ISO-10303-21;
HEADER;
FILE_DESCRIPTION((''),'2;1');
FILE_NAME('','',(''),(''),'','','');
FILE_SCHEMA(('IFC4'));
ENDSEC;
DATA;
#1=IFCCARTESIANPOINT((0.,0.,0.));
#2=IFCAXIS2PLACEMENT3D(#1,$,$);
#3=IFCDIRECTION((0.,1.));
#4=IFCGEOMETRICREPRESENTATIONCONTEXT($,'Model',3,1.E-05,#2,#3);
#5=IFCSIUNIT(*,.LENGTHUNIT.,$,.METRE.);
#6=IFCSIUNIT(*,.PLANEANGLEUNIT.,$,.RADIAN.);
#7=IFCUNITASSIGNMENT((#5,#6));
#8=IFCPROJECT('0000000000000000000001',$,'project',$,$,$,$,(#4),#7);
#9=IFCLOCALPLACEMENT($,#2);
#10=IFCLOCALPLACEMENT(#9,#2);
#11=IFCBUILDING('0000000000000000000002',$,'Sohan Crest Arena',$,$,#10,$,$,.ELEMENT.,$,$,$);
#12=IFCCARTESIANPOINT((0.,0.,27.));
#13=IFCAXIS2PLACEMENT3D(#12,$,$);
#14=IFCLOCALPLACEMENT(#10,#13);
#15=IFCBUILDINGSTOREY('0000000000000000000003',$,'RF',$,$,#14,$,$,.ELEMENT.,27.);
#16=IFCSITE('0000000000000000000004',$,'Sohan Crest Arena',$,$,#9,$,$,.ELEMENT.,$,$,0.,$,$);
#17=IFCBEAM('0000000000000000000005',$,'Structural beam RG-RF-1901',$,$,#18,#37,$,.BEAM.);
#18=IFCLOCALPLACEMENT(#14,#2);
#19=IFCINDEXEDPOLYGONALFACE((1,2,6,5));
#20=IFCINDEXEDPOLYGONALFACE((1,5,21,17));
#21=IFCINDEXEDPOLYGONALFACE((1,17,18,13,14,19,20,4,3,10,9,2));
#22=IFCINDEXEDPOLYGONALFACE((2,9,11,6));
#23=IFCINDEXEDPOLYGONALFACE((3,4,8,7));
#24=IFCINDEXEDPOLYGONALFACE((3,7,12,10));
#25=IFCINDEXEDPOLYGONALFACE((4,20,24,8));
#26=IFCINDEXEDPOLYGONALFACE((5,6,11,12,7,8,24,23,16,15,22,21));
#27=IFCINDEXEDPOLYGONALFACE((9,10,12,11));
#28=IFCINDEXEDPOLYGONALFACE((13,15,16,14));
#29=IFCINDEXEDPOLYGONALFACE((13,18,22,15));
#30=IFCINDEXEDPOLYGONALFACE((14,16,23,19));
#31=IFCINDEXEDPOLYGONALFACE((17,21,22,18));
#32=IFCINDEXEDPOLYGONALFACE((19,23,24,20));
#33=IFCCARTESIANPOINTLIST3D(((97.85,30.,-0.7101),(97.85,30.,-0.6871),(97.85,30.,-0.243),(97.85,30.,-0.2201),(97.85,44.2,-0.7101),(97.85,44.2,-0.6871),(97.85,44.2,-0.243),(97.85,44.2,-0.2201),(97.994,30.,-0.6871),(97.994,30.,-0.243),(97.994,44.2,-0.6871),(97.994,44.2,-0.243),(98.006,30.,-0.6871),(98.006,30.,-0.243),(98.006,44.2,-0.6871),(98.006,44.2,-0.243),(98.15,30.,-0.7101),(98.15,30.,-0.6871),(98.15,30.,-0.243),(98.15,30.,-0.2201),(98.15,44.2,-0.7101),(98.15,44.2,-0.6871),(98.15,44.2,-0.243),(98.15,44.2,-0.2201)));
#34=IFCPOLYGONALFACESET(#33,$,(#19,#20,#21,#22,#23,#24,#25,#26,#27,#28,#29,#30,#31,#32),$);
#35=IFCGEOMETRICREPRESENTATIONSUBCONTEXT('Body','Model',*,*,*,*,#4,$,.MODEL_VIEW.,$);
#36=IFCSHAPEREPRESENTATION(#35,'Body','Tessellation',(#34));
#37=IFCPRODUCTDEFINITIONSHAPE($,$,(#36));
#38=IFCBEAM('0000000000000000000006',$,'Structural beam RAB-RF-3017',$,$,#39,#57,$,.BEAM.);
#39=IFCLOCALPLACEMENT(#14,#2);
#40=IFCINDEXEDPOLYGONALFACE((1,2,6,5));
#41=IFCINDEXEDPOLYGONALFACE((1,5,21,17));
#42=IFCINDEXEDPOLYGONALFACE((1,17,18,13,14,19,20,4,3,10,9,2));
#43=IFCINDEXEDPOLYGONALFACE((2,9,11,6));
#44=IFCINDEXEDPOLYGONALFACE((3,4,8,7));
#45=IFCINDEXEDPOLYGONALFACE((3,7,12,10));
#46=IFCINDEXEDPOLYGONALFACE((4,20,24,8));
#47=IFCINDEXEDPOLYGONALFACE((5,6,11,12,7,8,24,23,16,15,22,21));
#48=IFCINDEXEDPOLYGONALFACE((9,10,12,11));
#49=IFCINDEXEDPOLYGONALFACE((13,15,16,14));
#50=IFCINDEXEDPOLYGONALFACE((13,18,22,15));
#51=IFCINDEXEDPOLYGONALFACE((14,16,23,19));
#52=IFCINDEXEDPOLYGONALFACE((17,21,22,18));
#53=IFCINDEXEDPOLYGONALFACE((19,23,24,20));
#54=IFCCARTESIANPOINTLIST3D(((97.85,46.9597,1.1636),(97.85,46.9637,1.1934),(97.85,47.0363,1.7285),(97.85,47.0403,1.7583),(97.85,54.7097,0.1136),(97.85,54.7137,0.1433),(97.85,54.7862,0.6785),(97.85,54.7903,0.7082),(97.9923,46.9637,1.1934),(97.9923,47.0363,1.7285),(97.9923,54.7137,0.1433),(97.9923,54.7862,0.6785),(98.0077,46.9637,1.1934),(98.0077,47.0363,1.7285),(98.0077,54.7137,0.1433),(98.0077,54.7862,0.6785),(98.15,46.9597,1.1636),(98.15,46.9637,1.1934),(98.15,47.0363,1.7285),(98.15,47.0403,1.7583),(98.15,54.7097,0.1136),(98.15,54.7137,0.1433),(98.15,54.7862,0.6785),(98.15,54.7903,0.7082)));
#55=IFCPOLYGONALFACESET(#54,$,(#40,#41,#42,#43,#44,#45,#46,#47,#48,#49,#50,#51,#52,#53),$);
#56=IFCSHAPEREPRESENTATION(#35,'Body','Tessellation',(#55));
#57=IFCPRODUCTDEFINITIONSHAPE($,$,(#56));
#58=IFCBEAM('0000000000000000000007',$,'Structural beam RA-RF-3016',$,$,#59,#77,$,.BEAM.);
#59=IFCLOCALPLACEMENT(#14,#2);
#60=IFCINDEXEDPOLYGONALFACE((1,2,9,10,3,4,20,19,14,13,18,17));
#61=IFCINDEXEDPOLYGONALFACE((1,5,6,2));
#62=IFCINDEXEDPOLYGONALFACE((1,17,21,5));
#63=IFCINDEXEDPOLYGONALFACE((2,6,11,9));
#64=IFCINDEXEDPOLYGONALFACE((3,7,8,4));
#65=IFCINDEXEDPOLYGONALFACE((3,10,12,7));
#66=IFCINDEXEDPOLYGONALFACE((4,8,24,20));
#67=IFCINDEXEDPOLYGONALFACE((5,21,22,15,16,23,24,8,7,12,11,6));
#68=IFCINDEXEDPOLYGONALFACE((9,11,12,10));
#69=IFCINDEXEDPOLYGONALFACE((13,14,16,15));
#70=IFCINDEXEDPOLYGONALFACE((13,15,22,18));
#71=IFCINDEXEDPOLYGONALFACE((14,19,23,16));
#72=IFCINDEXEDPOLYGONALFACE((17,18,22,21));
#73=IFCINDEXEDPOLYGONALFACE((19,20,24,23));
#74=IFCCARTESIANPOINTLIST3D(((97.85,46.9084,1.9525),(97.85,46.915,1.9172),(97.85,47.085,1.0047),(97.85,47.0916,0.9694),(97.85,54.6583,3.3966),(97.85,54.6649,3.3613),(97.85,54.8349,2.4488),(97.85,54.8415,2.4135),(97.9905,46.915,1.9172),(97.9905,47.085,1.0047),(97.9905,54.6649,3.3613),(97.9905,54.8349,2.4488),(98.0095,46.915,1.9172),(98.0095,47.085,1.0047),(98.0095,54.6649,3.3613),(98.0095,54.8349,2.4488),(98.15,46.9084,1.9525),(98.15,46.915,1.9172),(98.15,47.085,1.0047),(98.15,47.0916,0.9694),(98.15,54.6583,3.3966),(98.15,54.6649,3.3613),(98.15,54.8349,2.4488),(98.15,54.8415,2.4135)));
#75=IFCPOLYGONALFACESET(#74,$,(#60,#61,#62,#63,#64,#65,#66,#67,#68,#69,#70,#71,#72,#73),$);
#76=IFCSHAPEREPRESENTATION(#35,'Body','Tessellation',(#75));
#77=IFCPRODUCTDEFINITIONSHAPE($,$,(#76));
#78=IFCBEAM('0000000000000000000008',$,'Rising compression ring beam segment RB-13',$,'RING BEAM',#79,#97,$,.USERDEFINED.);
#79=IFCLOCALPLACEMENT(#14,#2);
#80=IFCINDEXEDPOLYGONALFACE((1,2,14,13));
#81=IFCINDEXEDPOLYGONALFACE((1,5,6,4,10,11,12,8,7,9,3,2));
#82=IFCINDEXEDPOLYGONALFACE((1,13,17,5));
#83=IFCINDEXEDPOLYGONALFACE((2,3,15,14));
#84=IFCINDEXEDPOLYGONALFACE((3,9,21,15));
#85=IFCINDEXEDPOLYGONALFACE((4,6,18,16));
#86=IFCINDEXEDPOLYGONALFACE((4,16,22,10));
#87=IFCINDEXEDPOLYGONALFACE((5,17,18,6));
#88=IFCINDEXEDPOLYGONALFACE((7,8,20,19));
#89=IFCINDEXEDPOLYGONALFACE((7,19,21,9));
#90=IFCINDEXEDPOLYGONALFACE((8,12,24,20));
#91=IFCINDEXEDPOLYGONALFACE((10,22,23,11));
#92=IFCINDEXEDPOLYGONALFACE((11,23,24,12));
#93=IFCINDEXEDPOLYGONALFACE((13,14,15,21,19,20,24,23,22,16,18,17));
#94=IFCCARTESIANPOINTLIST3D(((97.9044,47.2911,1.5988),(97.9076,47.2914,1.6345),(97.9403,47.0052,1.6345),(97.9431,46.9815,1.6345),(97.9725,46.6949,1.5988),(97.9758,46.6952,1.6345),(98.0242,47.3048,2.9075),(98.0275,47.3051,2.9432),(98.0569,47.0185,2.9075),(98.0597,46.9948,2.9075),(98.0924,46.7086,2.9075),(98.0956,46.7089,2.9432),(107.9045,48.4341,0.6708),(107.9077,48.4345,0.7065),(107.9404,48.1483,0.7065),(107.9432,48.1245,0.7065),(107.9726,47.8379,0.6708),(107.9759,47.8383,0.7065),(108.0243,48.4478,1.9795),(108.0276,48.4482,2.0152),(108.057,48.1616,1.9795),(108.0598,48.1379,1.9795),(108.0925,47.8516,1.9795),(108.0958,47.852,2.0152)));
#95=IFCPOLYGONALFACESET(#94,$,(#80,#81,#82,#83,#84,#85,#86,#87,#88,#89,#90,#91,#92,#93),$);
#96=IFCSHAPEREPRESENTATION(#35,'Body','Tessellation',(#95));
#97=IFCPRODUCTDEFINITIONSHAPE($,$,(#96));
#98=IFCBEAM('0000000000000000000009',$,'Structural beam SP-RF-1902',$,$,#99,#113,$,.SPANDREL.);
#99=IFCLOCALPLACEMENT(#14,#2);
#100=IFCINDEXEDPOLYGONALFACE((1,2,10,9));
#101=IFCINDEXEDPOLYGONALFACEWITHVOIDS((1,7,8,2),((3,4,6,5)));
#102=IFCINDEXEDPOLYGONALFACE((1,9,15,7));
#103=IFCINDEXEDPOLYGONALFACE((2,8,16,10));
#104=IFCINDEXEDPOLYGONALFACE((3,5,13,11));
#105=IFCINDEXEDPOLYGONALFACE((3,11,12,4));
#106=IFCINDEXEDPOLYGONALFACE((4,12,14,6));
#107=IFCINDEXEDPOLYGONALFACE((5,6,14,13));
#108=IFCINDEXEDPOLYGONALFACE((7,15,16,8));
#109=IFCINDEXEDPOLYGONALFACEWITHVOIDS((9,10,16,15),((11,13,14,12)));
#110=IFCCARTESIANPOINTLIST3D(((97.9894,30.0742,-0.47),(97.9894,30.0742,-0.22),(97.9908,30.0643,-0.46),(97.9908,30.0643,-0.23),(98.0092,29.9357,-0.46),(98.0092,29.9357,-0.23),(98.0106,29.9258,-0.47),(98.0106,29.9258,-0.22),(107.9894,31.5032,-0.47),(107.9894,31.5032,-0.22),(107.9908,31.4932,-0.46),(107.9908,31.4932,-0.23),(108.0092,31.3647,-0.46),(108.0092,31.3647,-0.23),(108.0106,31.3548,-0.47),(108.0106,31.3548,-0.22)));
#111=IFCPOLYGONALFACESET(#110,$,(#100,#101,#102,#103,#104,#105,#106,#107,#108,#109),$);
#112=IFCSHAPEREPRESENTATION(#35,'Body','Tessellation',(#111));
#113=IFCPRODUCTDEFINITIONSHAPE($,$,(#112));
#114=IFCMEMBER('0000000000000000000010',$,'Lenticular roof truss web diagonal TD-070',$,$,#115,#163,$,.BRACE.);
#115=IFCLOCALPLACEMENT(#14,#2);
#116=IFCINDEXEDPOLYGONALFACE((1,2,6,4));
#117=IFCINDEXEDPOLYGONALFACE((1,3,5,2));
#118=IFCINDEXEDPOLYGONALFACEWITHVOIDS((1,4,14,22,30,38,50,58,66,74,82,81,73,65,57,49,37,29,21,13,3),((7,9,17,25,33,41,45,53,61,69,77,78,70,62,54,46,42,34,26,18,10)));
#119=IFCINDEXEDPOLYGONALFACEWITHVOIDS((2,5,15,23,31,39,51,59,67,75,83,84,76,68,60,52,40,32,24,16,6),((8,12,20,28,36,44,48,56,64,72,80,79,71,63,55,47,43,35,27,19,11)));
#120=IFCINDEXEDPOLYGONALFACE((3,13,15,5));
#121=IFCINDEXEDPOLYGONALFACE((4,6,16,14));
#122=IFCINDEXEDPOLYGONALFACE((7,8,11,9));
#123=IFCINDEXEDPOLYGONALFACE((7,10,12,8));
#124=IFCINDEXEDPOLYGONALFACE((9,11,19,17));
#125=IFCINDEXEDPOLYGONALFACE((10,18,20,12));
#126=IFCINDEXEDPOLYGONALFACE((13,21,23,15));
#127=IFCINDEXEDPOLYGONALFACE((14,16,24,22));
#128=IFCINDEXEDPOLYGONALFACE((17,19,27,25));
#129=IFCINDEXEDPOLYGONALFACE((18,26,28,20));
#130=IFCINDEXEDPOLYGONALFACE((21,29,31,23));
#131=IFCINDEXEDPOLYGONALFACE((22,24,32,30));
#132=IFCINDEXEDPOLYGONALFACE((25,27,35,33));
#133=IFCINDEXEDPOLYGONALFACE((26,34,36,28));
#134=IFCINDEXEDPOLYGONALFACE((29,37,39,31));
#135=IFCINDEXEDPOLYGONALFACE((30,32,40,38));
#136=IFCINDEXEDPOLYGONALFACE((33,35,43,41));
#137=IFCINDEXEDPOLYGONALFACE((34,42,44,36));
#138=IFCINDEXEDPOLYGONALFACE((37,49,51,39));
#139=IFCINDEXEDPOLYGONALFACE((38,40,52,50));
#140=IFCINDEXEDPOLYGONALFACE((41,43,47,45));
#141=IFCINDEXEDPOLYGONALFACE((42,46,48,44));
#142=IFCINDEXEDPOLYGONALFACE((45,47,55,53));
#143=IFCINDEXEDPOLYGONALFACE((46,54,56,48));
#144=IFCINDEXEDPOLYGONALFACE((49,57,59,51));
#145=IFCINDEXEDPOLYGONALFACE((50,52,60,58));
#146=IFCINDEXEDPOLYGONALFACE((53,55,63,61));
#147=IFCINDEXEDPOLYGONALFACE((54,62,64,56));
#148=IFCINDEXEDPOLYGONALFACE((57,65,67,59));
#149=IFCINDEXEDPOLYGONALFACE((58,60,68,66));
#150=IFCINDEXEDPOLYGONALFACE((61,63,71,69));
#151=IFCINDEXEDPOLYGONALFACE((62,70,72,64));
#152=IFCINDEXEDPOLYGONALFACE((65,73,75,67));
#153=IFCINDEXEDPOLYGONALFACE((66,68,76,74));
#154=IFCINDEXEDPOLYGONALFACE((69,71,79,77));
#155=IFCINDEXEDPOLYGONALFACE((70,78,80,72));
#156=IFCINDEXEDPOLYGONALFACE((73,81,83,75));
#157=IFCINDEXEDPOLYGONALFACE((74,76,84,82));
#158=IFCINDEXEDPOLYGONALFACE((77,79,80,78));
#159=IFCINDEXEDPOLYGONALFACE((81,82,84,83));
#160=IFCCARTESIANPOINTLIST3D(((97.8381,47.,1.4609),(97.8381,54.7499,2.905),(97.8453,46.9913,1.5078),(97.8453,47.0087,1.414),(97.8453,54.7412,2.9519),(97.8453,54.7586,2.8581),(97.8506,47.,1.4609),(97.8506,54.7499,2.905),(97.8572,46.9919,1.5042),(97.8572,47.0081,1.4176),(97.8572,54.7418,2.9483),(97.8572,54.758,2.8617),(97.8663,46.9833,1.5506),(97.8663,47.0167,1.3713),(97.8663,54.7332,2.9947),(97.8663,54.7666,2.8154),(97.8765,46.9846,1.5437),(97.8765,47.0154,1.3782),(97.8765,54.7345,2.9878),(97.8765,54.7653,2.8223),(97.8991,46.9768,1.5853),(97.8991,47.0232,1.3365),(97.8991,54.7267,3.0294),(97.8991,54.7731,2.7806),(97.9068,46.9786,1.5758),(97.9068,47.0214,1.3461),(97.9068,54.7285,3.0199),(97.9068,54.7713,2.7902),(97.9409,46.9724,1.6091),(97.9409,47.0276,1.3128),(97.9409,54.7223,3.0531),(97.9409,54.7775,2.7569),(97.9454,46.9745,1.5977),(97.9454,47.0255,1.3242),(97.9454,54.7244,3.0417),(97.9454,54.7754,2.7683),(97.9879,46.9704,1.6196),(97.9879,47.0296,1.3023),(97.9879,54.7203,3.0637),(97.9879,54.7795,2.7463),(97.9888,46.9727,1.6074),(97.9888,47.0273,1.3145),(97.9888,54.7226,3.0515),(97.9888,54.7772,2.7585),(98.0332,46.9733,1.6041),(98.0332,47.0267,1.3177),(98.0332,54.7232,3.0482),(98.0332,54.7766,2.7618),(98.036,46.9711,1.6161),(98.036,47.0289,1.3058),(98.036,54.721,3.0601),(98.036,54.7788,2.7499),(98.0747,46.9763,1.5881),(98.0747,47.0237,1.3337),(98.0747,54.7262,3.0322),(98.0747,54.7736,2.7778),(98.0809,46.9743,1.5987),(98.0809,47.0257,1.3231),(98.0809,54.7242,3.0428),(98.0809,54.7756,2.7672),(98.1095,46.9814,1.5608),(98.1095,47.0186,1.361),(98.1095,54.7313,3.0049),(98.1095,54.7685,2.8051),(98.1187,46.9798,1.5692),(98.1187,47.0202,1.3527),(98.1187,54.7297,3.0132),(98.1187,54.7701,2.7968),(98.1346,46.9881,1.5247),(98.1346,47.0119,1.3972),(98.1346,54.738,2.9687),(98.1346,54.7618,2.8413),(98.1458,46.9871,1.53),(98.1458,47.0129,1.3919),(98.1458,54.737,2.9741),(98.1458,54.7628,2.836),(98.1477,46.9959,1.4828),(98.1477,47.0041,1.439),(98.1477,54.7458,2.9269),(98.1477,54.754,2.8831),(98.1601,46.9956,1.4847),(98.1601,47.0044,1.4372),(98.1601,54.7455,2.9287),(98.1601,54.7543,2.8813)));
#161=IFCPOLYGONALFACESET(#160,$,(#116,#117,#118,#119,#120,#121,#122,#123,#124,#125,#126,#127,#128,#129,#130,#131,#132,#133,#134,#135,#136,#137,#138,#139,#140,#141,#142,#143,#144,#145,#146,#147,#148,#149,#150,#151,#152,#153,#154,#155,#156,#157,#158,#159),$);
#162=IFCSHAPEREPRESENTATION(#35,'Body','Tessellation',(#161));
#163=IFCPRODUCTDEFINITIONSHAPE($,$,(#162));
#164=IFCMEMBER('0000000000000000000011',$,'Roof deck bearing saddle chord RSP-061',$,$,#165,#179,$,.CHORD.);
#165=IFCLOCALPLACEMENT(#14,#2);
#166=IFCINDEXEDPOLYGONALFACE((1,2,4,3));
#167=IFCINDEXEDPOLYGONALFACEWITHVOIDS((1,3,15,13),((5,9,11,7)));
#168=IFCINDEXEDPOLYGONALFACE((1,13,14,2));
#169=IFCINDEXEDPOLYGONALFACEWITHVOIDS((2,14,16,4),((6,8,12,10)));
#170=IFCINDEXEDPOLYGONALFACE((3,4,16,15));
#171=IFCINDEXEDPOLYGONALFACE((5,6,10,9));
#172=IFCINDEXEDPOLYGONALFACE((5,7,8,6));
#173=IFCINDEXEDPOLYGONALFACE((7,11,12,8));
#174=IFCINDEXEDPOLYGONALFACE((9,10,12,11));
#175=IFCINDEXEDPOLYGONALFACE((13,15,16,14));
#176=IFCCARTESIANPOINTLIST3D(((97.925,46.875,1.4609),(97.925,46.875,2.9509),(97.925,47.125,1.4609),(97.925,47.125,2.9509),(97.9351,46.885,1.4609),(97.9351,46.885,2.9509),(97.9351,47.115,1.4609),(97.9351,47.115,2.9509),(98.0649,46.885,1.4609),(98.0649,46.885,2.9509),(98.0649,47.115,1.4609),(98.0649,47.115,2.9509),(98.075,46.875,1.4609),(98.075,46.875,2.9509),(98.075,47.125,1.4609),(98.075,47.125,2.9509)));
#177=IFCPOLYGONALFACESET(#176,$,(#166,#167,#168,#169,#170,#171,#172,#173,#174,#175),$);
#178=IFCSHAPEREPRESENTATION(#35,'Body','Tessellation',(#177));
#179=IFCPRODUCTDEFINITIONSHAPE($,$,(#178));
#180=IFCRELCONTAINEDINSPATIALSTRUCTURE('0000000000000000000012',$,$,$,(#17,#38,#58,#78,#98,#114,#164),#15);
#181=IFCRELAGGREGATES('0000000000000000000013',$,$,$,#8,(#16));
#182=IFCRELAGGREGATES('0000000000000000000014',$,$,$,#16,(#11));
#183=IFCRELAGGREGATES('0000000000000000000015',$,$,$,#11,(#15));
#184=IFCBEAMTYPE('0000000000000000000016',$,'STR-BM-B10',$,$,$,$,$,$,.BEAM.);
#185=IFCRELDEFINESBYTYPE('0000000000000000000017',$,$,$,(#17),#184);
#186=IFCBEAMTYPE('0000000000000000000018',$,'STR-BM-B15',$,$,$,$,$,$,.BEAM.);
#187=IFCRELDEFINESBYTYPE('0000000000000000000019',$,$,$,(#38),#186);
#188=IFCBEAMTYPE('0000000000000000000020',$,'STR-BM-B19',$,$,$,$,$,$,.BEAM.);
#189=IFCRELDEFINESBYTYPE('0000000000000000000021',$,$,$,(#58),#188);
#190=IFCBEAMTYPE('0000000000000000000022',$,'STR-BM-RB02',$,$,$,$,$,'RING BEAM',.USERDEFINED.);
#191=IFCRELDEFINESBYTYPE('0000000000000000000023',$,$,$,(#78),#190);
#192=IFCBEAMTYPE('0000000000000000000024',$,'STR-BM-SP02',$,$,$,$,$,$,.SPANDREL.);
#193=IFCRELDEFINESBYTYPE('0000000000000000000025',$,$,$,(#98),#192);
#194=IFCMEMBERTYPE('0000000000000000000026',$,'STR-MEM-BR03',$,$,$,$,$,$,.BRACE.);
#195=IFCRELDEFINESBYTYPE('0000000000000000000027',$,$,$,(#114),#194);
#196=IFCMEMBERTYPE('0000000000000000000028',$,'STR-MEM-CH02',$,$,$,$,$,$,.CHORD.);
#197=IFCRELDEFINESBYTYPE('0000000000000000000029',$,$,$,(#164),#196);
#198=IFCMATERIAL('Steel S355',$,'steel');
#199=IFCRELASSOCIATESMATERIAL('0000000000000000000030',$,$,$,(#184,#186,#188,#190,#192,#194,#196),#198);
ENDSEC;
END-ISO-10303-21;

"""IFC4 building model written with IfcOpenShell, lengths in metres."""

from ifc_helpers import new_model, si_unit, direction, frame, origin, origin_2d, place, context, subcontext, project, spatial, hollow_rectangle, hollow_circle, i_section, extrude, material, material_profile, profile_set, type_object, element, save


model = new_model("IFC4")

# Units and contexts
model_context = context("Model", 3, precision=1e-05, world=origin(), true_north=direction((0.0, 1.0)))
body_context = subcontext(model_context, "Body", "Model", "MODEL_VIEW")
ifc_project = project(units=[si_unit("LENGTHUNIT", "METRE"), si_unit("PLANEANGLEUNIT", "RADIAN")], contexts=[model_context])

# Site, building, storey
site_placement = place(None, origin())
site = spatial("IfcSite", under=ifc_project, at=site_placement, Name="Sohan Crest Arena", CompositionType="ELEMENT", RefElevation=0.0)
building_placement = place(site_placement, origin())
building = spatial("IfcBuilding", under=site, at=building_placement, Name="Sohan Crest Arena", CompositionType="ELEMENT")
storey_placement = place(building_placement, frame((0.0, 0.0, 27.0)))
storey = spatial("IfcBuildingStorey", under=building, at=storey_placement, Name="RF", CompositionType="ELEMENT", Elevation=27.0)

# Shared definitions
ifc_material_1 = material(Name="Steel S355", Category="steel")

# Beams
ifc_material_profile_1 = material_profile(ifc_material_1, i_section(OverallWidth=0.3, OverallDepth=0.49, WebThickness=0.012, FlangeThickness=0.0229, at=origin_2d()), Name="HEA 500")
ifc_profile_set_1 = profile_set([ifc_material_profile_1], Name="Steel S355")
beam_type_1 = type_object("IfcBeamType", Name="STR-BM-B10", PredefinedType="BEAM", material=ifc_profile_set_1)
beam_1_placement = place(storey_placement, frame((98.0, 44.2, -0.4651), z_axis=(0.0, -1.0, 0.0), x_axis=(1.0, 0.0, 0.0)))
element("IfcBeam", 1, at=beam_1_placement, inside=storey, type_object=beam_type_1, Name="Structural beam RG-RF-1901", PredefinedType="BEAM", context=body_context, shape_type="SweptSolid", body=[
    extrude(i_section(OverallWidth=0.3, OverallDepth=0.49, WebThickness=0.012, FlangeThickness=0.0229, at=origin_2d()), origin(), (0.0, 0.0, 1.0), 14.2),
])
ifc_material_profile_2 = material_profile(ifc_material_1, i_section(OverallWidth=0.3, OverallDepth=0.6001, WebThickness=0.0154, FlangeThickness=0.03, at=origin_2d()), Name="HEB 600")
ifc_profile_set_2 = profile_set([ifc_material_profile_2], Name="Steel S355")
beam_type_2 = type_object("IfcBeamType", Name="STR-BM-B15", PredefinedType="BEAM", material=ifc_profile_set_2)
beam_2_placement = place(storey_placement, frame((98.0, 47.0, 1.4609), z_axis=(0.0, 0.990946, -0.134263), x_axis=(-1.0, 0.0, 0.0)))
element("IfcBeam", 2, at=beam_2_placement, inside=storey, type_object=beam_type_2, Name="Structural beam RAB-RF-3017", PredefinedType="BEAM", context=body_context, shape_type="SweptSolid", body=[
    extrude(i_section(OverallWidth=0.3, OverallDepth=0.6001, WebThickness=0.0154, FlangeThickness=0.03, at=origin_2d()), origin(), (0.0, 0.0, 1.0), 7.8208),
])
ifc_material_profile_3 = material_profile(ifc_material_1, i_section(OverallWidth=0.3, OverallDepth=1.0, WebThickness=0.019, FlangeThickness=0.0359, at=origin_2d()), Name="HEB 1000")
ifc_profile_set_3 = profile_set([ifc_material_profile_3], Name="Steel S355")
beam_type_3 = type_object("IfcBeamType", Name="STR-BM-B19", PredefinedType="BEAM", material=ifc_profile_set_3)
beam_3_placement = place(storey_placement, frame((98.0, 47.0, 1.4609), z_axis=(0.0, 0.983079, 0.183181), x_axis=(-1.0, 0.0, 0.0)))
element("IfcBeam", 3, at=beam_3_placement, inside=storey, type_object=beam_type_3, Name="Structural beam RA-RF-3016", PredefinedType="BEAM", context=body_context, shape_type="SweptSolid", body=[
    extrude(i_section(OverallWidth=0.3, OverallDepth=1.0, WebThickness=0.019, FlangeThickness=0.0359, at=origin_2d()), origin(), (0.0, 0.0, 1.0), 7.8833),
])
ifc_material_profile_4 = material_profile(ifc_material_1, i_section(OverallWidth=0.6001, OverallDepth=1.3501, WebThickness=0.0239, FlangeThickness=0.0359, at=origin_2d()), Name="PG 1350x600x24x36")
ifc_profile_set_4 = profile_set([ifc_material_profile_4], Name="Steel S355")
beam_type_4 = type_object("IfcBeamType", Name="STR-BM-RB02", ElementType="RING BEAM", PredefinedType="USERDEFINED", material=ifc_profile_set_4)
beam_4_placement = place(storey_placement, frame((98.0, 47.0, 2.271), z_axis=(0.989334, 0.113087, -0.091808), x_axis=(-0.113567, 0.99353, 0.0)))
element("IfcBeam", 4, at=beam_4_placement, inside=storey, type_object=beam_type_4, Name="Rising compression ring beam segment RB-13", ObjectType="RING BEAM", PredefinedType="USERDEFINED", context=body_context, shape_type="SweptSolid", body=[
    extrude(i_section(OverallWidth=0.6001, OverallDepth=1.3501, WebThickness=0.0239, FlangeThickness=0.0359, at=origin_2d()), origin(), (0.0, 0.0, 1.0), 10.1079),
])
ifc_material_profile_5 = material_profile(ifc_material_1, hollow_rectangle(XDim=0.1499, YDim=0.25, WallThickness=0.01, at=origin_2d()), Name="RHS 250x150x10")
ifc_profile_set_5 = profile_set([ifc_material_profile_5], Name="Steel S355")
beam_type_5 = type_object("IfcBeamType", Name="STR-BM-SP02", PredefinedType="SPANDREL", material=ifc_profile_set_5)
beam_5_placement = place(storey_placement, frame((98.0, 30.0, -0.345), z_axis=(0.989944, 0.141459, 0.0), x_axis=(-0.141459, 0.989944, 0.0)))
element("IfcBeam", 5, at=beam_5_placement, inside=storey, type_object=beam_type_5, Name="Structural beam SP-RF-1902", PredefinedType="SPANDREL", context=body_context, shape_type="SweptSolid", body=[
    extrude(hollow_rectangle(XDim=0.1499, YDim=0.25, WallThickness=0.01, at=origin_2d()), origin(), (0.0, 0.0, 1.0), 10.1016),
])

# Members
ifc_material_profile_6 = material_profile(ifc_material_1, hollow_circle(Radius=0.1619, WallThickness=0.0125, at=origin_2d()), Name="CHS 323.9x12.5")
ifc_profile_set_6 = profile_set([ifc_material_profile_6], Name="Steel S355")
member_type_1 = type_object("IfcMemberType", Name="STR-MEM-BR03", PredefinedType="BRACE", material=ifc_profile_set_6)
member_1_placement = place(storey_placement, frame((98.0, 47.0, 1.4609), z_axis=(0.0, 0.983079, 0.183181), x_axis=(-1.0, 0.0, 0.0)))
element("IfcMember", 6, at=member_1_placement, inside=storey, type_object=member_type_1, Name="Lenticular roof truss web diagonal TD-070", PredefinedType="BRACE", context=body_context, shape_type="SweptSolid", body=[
    extrude(hollow_circle(Radius=0.1619, WallThickness=0.0125, at=origin_2d()), origin(), (0.0, 0.0, 1.0), 7.8833),
])
ifc_material_profile_7 = material_profile(ifc_material_1, hollow_rectangle(XDim=0.1499, YDim=0.25, WallThickness=0.01, at=origin_2d()), Name="RHS 250x150x10")
ifc_profile_set_7 = profile_set([ifc_material_profile_7], Name="Steel S355")
member_type_2 = type_object("IfcMemberType", Name="STR-MEM-CH02", PredefinedType="CHORD", material=ifc_profile_set_7)
member_2_placement = place(storey_placement, frame((98.0, 47.0, 1.4609), z_axis=(0.0, 0.0, 1.0), x_axis=(1.0, 0.0, 0.0)))
element("IfcMember", 7, at=member_2_placement, inside=storey, type_object=member_type_2, Name="Roof deck bearing saddle chord RSP-061", PredefinedType="CHORD", context=body_context, shape_type="SweptSolid", body=[
    extrude(hollow_rectangle(XDim=0.1499, YDim=0.25, WallThickness=0.01, at=origin_2d()), origin(), (0.0, 0.0, 1.0), 1.49),
])

save(model, "model.ifc")
